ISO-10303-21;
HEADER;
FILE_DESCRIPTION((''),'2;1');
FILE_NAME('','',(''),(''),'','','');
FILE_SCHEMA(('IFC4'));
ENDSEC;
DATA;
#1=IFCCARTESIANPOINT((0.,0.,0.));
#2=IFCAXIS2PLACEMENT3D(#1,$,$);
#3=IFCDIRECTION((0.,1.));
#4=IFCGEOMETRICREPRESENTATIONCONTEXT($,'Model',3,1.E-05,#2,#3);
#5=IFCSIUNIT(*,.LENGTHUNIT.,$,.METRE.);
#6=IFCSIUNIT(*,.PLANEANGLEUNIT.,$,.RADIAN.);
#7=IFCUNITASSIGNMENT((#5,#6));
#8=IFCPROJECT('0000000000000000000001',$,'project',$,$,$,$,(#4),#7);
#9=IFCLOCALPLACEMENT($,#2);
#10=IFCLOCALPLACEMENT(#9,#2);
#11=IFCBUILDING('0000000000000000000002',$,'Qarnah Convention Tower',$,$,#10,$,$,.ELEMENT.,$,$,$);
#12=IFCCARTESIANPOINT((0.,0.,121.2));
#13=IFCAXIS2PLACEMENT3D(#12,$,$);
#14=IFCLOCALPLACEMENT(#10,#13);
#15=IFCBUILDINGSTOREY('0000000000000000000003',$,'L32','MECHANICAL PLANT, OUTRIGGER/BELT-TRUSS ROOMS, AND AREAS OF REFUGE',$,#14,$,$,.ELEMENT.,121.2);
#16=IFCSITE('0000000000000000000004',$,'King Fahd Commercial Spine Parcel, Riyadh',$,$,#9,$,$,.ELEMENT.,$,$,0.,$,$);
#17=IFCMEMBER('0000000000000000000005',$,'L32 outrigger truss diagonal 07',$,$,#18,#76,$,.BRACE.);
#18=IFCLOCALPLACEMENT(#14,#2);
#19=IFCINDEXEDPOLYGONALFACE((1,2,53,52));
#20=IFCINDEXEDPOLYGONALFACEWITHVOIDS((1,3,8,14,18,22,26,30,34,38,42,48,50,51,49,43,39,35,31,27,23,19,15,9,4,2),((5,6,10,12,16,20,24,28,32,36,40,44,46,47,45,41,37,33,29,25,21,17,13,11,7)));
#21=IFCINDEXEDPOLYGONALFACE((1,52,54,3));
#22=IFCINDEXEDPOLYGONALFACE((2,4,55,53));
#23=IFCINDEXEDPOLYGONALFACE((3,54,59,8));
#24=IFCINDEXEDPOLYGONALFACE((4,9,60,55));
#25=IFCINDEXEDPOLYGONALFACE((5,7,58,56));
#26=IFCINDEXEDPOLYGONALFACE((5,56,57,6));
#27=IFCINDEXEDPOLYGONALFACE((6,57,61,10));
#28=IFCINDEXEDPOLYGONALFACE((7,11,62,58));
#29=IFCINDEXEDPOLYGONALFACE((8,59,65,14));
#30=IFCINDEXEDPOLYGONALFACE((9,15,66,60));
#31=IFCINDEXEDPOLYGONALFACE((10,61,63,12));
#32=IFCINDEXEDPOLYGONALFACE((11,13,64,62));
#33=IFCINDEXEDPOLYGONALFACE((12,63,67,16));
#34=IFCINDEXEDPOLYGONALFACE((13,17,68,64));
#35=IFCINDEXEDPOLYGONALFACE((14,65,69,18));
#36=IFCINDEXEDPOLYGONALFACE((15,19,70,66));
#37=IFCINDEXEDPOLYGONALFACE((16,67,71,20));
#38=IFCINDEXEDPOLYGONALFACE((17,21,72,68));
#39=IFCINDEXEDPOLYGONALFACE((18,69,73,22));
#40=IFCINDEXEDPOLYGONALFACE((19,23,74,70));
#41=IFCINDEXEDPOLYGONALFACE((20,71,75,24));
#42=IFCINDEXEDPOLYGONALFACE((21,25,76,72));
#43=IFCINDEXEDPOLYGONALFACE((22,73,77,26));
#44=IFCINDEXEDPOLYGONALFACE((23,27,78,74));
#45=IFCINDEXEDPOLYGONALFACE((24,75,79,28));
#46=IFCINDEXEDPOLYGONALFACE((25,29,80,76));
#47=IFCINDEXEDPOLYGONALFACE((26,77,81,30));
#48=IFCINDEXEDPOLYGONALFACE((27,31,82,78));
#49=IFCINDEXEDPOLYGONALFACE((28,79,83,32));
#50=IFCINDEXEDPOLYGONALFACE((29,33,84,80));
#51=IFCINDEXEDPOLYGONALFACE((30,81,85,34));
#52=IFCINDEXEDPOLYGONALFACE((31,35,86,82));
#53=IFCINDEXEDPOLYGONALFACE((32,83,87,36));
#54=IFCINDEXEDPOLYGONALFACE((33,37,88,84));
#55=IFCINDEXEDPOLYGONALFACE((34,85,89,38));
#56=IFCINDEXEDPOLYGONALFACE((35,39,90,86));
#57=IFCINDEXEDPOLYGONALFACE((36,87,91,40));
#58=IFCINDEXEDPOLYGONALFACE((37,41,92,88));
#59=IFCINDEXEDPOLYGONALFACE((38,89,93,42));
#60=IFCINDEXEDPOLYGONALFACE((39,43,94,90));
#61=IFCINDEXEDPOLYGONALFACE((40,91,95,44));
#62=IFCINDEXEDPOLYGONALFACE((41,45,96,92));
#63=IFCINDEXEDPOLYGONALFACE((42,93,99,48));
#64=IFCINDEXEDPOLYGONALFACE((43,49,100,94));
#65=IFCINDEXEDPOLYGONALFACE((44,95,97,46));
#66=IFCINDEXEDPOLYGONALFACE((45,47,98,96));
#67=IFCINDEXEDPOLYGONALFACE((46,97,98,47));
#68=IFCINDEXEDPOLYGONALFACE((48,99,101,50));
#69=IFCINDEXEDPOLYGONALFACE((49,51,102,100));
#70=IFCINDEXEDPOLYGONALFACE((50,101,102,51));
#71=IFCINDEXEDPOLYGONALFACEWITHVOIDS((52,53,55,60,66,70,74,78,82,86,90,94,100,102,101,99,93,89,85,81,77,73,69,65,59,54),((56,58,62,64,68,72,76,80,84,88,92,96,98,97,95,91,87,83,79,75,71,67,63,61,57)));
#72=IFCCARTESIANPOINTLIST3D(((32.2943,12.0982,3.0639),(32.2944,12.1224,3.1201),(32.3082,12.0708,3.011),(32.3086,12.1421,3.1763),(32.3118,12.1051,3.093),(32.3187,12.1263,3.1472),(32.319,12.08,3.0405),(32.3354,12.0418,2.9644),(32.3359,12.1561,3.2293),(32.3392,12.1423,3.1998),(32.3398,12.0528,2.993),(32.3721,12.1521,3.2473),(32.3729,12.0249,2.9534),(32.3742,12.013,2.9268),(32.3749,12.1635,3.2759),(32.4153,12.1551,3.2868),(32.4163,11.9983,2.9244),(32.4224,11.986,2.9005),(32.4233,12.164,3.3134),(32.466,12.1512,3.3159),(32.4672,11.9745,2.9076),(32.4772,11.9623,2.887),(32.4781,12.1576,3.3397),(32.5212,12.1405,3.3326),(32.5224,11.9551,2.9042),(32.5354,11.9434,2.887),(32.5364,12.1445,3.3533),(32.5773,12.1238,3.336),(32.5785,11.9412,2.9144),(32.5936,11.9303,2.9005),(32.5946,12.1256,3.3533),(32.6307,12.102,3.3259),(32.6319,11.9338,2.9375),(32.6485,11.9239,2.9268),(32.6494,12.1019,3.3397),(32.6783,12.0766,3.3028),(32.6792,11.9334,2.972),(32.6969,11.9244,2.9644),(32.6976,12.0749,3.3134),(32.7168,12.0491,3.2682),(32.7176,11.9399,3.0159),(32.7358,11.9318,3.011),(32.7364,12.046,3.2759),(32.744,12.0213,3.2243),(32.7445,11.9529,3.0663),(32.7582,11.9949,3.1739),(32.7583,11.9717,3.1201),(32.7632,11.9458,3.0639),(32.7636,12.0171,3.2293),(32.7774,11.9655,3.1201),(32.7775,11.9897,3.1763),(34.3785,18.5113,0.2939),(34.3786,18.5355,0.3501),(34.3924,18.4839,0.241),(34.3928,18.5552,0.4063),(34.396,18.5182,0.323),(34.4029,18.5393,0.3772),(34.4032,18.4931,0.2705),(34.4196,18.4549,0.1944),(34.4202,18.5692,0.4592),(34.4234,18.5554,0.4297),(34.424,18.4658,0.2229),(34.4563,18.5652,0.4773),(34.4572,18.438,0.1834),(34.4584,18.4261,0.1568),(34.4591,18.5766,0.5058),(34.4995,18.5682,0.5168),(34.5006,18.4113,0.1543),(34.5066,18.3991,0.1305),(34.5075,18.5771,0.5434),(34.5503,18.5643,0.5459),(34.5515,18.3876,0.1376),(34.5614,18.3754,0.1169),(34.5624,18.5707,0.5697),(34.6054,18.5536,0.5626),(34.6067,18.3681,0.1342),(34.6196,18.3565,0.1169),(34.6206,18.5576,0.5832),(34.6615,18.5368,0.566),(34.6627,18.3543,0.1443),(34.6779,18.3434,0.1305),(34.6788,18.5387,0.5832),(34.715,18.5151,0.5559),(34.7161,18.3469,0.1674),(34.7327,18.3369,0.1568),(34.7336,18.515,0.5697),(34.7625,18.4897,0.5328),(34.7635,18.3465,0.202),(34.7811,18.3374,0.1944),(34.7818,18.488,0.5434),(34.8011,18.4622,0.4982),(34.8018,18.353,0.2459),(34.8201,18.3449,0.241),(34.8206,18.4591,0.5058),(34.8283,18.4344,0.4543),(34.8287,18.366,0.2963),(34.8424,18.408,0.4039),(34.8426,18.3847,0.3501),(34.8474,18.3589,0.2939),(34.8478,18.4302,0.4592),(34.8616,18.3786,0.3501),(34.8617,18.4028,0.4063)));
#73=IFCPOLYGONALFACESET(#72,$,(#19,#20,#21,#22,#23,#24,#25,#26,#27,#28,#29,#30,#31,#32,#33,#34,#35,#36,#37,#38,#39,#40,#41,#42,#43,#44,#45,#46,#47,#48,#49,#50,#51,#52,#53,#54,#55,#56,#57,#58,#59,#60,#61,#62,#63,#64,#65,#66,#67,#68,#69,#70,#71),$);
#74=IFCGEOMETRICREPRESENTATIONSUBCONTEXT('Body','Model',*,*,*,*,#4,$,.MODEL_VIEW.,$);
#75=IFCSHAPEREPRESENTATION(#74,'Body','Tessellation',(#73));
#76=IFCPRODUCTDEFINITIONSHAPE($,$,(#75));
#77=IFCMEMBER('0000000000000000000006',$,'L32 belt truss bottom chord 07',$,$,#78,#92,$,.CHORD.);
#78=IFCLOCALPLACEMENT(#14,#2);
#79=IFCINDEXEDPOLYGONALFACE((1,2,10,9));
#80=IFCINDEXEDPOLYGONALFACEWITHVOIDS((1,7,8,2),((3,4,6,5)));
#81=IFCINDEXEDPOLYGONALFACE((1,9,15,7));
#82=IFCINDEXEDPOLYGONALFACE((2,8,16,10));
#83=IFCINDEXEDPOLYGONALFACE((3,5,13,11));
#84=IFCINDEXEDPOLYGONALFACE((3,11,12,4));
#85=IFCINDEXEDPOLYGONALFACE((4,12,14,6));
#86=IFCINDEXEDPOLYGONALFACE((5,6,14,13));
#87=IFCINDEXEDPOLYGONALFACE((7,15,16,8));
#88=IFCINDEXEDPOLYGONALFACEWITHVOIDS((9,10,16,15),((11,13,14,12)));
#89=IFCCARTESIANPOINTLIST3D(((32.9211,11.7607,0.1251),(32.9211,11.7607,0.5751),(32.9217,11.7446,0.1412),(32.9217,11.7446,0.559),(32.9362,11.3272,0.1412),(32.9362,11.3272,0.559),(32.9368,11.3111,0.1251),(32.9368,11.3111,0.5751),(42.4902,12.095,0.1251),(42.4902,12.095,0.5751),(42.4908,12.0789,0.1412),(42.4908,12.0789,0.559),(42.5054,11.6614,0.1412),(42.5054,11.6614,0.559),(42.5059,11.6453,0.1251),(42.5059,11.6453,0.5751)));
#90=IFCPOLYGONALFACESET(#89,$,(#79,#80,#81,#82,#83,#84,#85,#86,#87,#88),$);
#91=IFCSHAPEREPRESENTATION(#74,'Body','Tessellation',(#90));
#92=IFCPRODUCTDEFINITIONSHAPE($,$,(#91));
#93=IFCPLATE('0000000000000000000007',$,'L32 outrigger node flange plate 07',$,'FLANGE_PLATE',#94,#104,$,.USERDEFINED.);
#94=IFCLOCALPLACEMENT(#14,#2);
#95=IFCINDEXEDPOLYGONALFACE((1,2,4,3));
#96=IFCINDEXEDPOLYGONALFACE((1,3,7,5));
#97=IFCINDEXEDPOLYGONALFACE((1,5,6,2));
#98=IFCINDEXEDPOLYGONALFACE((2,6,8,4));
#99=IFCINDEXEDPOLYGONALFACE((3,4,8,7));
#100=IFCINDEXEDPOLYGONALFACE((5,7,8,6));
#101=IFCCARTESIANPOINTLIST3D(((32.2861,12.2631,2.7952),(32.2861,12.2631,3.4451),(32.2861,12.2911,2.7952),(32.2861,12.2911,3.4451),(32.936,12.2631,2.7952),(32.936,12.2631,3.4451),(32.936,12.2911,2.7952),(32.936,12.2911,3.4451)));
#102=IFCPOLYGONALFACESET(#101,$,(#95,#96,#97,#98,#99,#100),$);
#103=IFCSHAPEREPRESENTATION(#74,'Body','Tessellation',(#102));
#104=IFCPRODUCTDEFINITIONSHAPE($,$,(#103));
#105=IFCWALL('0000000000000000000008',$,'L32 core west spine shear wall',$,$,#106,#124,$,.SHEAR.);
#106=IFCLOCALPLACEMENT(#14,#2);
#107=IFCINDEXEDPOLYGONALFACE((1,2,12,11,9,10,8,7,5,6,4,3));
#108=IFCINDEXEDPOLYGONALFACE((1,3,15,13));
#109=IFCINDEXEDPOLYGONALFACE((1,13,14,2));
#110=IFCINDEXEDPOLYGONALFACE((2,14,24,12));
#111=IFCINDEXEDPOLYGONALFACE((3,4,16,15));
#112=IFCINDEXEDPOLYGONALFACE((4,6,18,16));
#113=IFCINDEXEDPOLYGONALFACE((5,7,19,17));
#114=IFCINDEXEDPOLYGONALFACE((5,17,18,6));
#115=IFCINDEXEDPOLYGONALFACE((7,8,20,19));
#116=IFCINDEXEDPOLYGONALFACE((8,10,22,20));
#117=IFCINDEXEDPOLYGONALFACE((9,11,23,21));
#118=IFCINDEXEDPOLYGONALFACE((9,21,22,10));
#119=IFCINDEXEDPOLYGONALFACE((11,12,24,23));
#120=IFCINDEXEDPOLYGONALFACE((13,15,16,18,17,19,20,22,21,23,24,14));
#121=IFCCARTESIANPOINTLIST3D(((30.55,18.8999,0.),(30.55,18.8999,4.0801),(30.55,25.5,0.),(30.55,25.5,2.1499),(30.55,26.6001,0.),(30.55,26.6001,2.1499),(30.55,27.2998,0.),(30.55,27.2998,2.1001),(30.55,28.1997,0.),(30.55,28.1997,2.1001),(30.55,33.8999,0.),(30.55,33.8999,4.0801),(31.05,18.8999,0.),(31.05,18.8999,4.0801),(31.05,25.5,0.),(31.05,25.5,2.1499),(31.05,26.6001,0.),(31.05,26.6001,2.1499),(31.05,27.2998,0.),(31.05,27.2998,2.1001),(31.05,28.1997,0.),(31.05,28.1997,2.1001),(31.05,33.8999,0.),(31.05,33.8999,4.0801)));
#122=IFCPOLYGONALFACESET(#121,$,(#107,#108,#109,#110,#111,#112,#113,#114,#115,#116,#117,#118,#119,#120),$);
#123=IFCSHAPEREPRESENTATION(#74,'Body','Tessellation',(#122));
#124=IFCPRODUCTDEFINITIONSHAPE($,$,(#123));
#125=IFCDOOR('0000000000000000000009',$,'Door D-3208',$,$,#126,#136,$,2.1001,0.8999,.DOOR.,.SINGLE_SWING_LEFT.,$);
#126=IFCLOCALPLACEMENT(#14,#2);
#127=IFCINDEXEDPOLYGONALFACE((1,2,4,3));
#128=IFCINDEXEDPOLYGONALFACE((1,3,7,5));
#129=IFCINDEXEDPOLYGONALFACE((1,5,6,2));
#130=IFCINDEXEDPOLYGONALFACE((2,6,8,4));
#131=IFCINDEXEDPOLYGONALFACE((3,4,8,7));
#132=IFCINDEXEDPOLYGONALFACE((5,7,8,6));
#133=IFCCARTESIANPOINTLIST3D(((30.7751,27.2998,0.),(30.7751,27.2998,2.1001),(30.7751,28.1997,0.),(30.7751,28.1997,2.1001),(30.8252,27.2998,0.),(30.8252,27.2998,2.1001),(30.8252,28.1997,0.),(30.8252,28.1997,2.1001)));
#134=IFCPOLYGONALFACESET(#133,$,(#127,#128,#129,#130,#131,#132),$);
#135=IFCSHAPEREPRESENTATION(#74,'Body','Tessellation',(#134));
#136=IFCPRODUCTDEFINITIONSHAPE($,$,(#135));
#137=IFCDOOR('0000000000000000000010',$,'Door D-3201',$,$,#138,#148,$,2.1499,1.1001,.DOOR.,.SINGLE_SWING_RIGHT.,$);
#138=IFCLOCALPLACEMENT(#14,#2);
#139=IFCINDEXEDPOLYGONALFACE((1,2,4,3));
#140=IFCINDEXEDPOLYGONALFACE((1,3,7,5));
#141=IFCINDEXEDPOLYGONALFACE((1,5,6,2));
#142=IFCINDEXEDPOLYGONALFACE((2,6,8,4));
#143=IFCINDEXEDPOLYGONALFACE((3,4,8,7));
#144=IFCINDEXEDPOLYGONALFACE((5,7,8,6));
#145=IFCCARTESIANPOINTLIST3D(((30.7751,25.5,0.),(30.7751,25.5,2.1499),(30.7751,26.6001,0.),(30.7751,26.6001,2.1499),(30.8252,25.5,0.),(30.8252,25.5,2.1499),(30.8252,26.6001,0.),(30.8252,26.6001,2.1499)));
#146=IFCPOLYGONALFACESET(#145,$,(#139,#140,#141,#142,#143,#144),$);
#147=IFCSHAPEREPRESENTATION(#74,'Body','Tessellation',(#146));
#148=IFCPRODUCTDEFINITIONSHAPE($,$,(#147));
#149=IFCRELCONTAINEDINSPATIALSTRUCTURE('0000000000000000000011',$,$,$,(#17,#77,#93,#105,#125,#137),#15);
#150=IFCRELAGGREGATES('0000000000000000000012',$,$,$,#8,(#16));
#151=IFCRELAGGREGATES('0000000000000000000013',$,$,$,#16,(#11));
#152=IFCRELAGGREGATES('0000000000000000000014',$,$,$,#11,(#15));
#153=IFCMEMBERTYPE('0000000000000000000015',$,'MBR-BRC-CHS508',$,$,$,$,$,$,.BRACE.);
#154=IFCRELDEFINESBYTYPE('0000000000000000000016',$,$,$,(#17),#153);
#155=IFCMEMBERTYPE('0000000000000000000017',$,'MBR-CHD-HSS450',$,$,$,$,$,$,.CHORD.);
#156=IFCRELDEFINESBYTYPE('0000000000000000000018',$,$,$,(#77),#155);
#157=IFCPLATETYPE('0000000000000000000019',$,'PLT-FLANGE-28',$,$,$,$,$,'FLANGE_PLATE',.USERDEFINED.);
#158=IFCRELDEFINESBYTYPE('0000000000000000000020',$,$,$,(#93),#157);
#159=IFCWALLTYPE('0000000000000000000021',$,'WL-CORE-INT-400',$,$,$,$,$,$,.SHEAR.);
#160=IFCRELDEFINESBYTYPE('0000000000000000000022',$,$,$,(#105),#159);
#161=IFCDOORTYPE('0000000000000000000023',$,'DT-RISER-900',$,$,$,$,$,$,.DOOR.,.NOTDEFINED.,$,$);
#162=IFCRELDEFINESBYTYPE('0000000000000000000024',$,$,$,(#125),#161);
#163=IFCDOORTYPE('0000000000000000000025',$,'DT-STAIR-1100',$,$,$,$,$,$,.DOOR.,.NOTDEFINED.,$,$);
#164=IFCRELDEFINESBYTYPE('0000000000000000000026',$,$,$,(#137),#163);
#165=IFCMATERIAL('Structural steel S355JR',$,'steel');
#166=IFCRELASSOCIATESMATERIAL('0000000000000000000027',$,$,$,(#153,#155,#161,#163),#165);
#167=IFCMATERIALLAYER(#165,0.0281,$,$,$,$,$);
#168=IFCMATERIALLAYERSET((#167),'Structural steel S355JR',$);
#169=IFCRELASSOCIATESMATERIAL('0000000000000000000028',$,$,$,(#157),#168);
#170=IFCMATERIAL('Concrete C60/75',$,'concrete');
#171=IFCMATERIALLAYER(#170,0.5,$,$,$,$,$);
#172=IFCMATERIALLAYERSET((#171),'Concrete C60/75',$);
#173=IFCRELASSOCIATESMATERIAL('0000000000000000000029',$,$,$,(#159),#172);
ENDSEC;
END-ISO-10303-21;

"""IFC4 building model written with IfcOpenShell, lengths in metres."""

from ifc_helpers import new_model, si_unit, direction, frame, frame_2d, origin, origin_2d, place, context, subcontext, project, spatial, rectangle, hollow_rectangle, hollow_circle, extrude, material, layer, layer_set, material_profile, profile_set, type_object, element, fill, save


model = new_model("IFC4")

# Units and contexts
model_context = context("Model", 3, precision=1e-05, world=origin(), true_north=direction((0.0, 1.0)))
body_context = subcontext(model_context, "Body", "Model", "MODEL_VIEW")
ifc_project = project(units=[si_unit("LENGTHUNIT", "METRE"), si_unit("PLANEANGLEUNIT", "RADIAN")], contexts=[model_context])

# Site, building, storey
site_placement = place(None, origin())
site = spatial("IfcSite", under=ifc_project, at=site_placement, Name="King Fahd Commercial Spine Parcel, Riyadh", CompositionType="ELEMENT", RefElevation=0.0)
building_placement = place(site_placement, origin())
building = spatial("IfcBuilding", under=site, at=building_placement, Name="Qarnah Convention Tower", CompositionType="ELEMENT")
storey_placement = place(building_placement, frame((0.0, 0.0, 121.2)))
storey = spatial("IfcBuildingStorey", under=building, at=storey_placement, Name="L32", Description="MECHANICAL PLANT, OUTRIGGER/BELT-TRUSS ROOMS, AND AREAS OF REFUGE", CompositionType="ELEMENT", Elevation=121.2)

# Shared definitions
ifc_material_1 = material(Name="Concrete C60/75", Category="concrete")

# Shared definitions
ifc_material_2 = material(Name="Structural steel S355JR", Category="steel")

# Members
ifc_material_profile_1 = material_profile(ifc_material_2, hollow_circle(Radius=0.2539, WallThickness=0.02, at=origin_2d()), Name="CHS508X20")
ifc_profile_set_1 = profile_set([ifc_material_profile_1], Name="Structural steel S355JR")
member_type_1 = type_object("IfcMemberType", Name="MBR-BRC-CHS508", PredefinedType="BRACE", material=ifc_profile_set_1)
member_1_placement = place(storey_placement, frame((34.6201, 18.457, 0.3501), z_axis=(-0.285901, -0.879705, 0.379973), x_axis=(0.951035, -0.309083, 0.0)))
element("IfcMember", 1, at=member_1_placement, inside=storey, type_object=member_type_1, Name="L32 outrigger truss diagonal 07", PredefinedType="BRACE", context=body_context, shape_type="SweptSolid", body=[
    extrude(hollow_circle(Radius=0.2539, WallThickness=0.02, at=origin_2d()), origin(), (0.0, 0.0, 1.0), 7.29),
])
ifc_material_profile_2 = material_profile(ifc_material_2, hollow_rectangle(XDim=0.45, YDim=0.45, WallThickness=0.0161, at=origin_2d()), Name="HSS450X450X16")
ifc_profile_set_2 = profile_set([ifc_material_profile_2], Name="Structural steel S355JR")
member_type_2 = type_object("IfcMemberType", Name="MBR-CHD-HSS450", PredefinedType="CHORD", material=ifc_profile_set_2)
member_2_placement = place(storey_placement, frame((32.929, 11.5359, 0.3501), z_axis=(0.999391, 0.034907, 0.0), x_axis=(-0.034907, 0.999391, 0.0)))
element("IfcMember", 2, at=member_2_placement, inside=storey, type_object=member_type_2, Name="L32 belt truss bottom chord 07", PredefinedType="CHORD", context=body_context, shape_type="SweptSolid", body=[
    extrude(hollow_rectangle(XDim=0.45, YDim=0.45, WallThickness=0.0161, at=origin_2d()), origin(), (0.0, 0.0, 1.0), 9.575),
])

# Plate
ifc_layer_1 = layer(ifc_material_2, 0.0281)
ifc_layer_set_1 = layer_set([ifc_layer_1], Name="Structural steel S355JR")
plate_type = type_object("IfcPlateType", Name="PLT-FLANGE-28", ElementType="FLANGE_PLATE", PredefinedType="USERDEFINED", material=ifc_layer_set_1)
plate_placement = place(storey_placement, frame((32.6111, 12.2771, 2.7952), z_axis=(0.0, 0.0, 1.0), x_axis=(1.0, 0.0, 0.0)))
element("IfcPlate", 3, at=plate_placement, inside=storey, type_object=plate_type, Name="L32 outrigger node flange plate 07", ObjectType="FLANGE_PLATE", PredefinedType="USERDEFINED", context=body_context, shape_type="SweptSolid", body=[
    extrude(rectangle(XDim=0.6499, YDim=0.0281, at=origin_2d()), origin(), (0.0, 0.0, 1.0), 0.6499),
])

# Wall, openings, doors
ifc_layer_2 = layer(ifc_material_1, 0.5)
ifc_layer_set_2 = layer_set([ifc_layer_2], Name="Concrete C60/75")
wall_type_1 = type_object("IfcWallType", Name="WL-CORE-INT-400", PredefinedType="SHEAR", material=ifc_layer_set_2)
wall_1_placement = place(storey_placement, frame((30.8, 18.8999, 0.0), z_axis=(0.0, 0.0, 1.0), x_axis=(0.0, 1.0, 0.0)))
wall_1 = element("IfcWall", 4, at=wall_1_placement, inside=storey, type_object=wall_type_1, Name="L32 core west spine shear wall", PredefinedType="SHEAR", context=body_context, shape_type="SweptSolid", body=[
    extrude(rectangle(XDim=15.0, YDim=0.5, at=frame_2d((7.5, 0.0))), origin(), (0.0, 0.0, 1.0), 4.0801),
])
opening_1_placement = place(wall_1_placement, frame((6.6001, 0.0, 0.0)))
opening_1 = element("IfcOpeningElement", 5, at=opening_1_placement, cuts=wall_1, PredefinedType="OPENING", context=body_context, shape_type="SweptSolid", body=[
    extrude(rectangle(XDim=1.1001, YDim=2.1499, at=frame_2d((0.55, 1.075))), frame((0.0, 0.26, 0.0), z_axis=(0.0, -1.0, 0.0), x_axis=(1.0, 0.0, 0.0)), (0.0, 0.0, 1.0), 0.52),
])
opening_2_placement = place(wall_1_placement, frame((8.3999, 0.0, 0.0)))
opening_2 = element("IfcOpeningElement", 6, at=opening_2_placement, cuts=wall_1, PredefinedType="OPENING", context=body_context, shape_type="SweptSolid", body=[
    extrude(rectangle(XDim=0.8999, YDim=2.1001, at=frame_2d((0.45, 1.05))), frame((0.0, 0.26, 0.0), z_axis=(0.0, -1.0, 0.0), x_axis=(1.0, 0.0, 0.0)), (0.0, 0.0, 1.0), 0.52),
])
door_type_1 = type_object("IfcDoorType", Name="DT-RISER-900", OperationType="NOTDEFINED", PredefinedType="DOOR", material=ifc_material_2)
door_1_placement = place(opening_2_placement, origin())
door_1 = element("IfcDoor", 7, at=door_1_placement, inside=storey, type_object=door_type_1, Name="Door D-3208", OperationType="SINGLE_SWING_LEFT", OverallHeight=2.1001, OverallWidth=0.8999, PredefinedType="DOOR", context=body_context, shape_type="SweptSolid", body=[
    extrude(rectangle(XDim=0.8999, YDim=2.1001, at=frame_2d((0.45, 1.05))), frame((0.0, 0.0249, 0.0), z_axis=(0.0, -1.0, 0.0), x_axis=(1.0, 0.0, 0.0)), (0.0, 0.0, 1.0), 0.05),
])
fill(opening_2, door_1)
door_type_2 = type_object("IfcDoorType", Name="DT-STAIR-1100", OperationType="NOTDEFINED", PredefinedType="DOOR", material=ifc_material_2)
door_2_placement = place(opening_1_placement, origin())
door_2 = element("IfcDoor", 8, at=door_2_placement, inside=storey, type_object=door_type_2, Name="Door D-3201", OperationType="SINGLE_SWING_RIGHT", OverallHeight=2.1499, OverallWidth=1.1001, PredefinedType="DOOR", context=body_context, shape_type="SweptSolid", body=[
    extrude(rectangle(XDim=1.1001, YDim=2.1499, at=frame_2d((0.55, 1.075))), frame((0.0, 0.0249, 0.0), z_axis=(0.0, -1.0, 0.0), x_axis=(1.0, 0.0, 0.0)), (0.0, 0.0, 1.0), 0.05),
])
fill(opening_1, door_2)

save(model, "model.ifc")
